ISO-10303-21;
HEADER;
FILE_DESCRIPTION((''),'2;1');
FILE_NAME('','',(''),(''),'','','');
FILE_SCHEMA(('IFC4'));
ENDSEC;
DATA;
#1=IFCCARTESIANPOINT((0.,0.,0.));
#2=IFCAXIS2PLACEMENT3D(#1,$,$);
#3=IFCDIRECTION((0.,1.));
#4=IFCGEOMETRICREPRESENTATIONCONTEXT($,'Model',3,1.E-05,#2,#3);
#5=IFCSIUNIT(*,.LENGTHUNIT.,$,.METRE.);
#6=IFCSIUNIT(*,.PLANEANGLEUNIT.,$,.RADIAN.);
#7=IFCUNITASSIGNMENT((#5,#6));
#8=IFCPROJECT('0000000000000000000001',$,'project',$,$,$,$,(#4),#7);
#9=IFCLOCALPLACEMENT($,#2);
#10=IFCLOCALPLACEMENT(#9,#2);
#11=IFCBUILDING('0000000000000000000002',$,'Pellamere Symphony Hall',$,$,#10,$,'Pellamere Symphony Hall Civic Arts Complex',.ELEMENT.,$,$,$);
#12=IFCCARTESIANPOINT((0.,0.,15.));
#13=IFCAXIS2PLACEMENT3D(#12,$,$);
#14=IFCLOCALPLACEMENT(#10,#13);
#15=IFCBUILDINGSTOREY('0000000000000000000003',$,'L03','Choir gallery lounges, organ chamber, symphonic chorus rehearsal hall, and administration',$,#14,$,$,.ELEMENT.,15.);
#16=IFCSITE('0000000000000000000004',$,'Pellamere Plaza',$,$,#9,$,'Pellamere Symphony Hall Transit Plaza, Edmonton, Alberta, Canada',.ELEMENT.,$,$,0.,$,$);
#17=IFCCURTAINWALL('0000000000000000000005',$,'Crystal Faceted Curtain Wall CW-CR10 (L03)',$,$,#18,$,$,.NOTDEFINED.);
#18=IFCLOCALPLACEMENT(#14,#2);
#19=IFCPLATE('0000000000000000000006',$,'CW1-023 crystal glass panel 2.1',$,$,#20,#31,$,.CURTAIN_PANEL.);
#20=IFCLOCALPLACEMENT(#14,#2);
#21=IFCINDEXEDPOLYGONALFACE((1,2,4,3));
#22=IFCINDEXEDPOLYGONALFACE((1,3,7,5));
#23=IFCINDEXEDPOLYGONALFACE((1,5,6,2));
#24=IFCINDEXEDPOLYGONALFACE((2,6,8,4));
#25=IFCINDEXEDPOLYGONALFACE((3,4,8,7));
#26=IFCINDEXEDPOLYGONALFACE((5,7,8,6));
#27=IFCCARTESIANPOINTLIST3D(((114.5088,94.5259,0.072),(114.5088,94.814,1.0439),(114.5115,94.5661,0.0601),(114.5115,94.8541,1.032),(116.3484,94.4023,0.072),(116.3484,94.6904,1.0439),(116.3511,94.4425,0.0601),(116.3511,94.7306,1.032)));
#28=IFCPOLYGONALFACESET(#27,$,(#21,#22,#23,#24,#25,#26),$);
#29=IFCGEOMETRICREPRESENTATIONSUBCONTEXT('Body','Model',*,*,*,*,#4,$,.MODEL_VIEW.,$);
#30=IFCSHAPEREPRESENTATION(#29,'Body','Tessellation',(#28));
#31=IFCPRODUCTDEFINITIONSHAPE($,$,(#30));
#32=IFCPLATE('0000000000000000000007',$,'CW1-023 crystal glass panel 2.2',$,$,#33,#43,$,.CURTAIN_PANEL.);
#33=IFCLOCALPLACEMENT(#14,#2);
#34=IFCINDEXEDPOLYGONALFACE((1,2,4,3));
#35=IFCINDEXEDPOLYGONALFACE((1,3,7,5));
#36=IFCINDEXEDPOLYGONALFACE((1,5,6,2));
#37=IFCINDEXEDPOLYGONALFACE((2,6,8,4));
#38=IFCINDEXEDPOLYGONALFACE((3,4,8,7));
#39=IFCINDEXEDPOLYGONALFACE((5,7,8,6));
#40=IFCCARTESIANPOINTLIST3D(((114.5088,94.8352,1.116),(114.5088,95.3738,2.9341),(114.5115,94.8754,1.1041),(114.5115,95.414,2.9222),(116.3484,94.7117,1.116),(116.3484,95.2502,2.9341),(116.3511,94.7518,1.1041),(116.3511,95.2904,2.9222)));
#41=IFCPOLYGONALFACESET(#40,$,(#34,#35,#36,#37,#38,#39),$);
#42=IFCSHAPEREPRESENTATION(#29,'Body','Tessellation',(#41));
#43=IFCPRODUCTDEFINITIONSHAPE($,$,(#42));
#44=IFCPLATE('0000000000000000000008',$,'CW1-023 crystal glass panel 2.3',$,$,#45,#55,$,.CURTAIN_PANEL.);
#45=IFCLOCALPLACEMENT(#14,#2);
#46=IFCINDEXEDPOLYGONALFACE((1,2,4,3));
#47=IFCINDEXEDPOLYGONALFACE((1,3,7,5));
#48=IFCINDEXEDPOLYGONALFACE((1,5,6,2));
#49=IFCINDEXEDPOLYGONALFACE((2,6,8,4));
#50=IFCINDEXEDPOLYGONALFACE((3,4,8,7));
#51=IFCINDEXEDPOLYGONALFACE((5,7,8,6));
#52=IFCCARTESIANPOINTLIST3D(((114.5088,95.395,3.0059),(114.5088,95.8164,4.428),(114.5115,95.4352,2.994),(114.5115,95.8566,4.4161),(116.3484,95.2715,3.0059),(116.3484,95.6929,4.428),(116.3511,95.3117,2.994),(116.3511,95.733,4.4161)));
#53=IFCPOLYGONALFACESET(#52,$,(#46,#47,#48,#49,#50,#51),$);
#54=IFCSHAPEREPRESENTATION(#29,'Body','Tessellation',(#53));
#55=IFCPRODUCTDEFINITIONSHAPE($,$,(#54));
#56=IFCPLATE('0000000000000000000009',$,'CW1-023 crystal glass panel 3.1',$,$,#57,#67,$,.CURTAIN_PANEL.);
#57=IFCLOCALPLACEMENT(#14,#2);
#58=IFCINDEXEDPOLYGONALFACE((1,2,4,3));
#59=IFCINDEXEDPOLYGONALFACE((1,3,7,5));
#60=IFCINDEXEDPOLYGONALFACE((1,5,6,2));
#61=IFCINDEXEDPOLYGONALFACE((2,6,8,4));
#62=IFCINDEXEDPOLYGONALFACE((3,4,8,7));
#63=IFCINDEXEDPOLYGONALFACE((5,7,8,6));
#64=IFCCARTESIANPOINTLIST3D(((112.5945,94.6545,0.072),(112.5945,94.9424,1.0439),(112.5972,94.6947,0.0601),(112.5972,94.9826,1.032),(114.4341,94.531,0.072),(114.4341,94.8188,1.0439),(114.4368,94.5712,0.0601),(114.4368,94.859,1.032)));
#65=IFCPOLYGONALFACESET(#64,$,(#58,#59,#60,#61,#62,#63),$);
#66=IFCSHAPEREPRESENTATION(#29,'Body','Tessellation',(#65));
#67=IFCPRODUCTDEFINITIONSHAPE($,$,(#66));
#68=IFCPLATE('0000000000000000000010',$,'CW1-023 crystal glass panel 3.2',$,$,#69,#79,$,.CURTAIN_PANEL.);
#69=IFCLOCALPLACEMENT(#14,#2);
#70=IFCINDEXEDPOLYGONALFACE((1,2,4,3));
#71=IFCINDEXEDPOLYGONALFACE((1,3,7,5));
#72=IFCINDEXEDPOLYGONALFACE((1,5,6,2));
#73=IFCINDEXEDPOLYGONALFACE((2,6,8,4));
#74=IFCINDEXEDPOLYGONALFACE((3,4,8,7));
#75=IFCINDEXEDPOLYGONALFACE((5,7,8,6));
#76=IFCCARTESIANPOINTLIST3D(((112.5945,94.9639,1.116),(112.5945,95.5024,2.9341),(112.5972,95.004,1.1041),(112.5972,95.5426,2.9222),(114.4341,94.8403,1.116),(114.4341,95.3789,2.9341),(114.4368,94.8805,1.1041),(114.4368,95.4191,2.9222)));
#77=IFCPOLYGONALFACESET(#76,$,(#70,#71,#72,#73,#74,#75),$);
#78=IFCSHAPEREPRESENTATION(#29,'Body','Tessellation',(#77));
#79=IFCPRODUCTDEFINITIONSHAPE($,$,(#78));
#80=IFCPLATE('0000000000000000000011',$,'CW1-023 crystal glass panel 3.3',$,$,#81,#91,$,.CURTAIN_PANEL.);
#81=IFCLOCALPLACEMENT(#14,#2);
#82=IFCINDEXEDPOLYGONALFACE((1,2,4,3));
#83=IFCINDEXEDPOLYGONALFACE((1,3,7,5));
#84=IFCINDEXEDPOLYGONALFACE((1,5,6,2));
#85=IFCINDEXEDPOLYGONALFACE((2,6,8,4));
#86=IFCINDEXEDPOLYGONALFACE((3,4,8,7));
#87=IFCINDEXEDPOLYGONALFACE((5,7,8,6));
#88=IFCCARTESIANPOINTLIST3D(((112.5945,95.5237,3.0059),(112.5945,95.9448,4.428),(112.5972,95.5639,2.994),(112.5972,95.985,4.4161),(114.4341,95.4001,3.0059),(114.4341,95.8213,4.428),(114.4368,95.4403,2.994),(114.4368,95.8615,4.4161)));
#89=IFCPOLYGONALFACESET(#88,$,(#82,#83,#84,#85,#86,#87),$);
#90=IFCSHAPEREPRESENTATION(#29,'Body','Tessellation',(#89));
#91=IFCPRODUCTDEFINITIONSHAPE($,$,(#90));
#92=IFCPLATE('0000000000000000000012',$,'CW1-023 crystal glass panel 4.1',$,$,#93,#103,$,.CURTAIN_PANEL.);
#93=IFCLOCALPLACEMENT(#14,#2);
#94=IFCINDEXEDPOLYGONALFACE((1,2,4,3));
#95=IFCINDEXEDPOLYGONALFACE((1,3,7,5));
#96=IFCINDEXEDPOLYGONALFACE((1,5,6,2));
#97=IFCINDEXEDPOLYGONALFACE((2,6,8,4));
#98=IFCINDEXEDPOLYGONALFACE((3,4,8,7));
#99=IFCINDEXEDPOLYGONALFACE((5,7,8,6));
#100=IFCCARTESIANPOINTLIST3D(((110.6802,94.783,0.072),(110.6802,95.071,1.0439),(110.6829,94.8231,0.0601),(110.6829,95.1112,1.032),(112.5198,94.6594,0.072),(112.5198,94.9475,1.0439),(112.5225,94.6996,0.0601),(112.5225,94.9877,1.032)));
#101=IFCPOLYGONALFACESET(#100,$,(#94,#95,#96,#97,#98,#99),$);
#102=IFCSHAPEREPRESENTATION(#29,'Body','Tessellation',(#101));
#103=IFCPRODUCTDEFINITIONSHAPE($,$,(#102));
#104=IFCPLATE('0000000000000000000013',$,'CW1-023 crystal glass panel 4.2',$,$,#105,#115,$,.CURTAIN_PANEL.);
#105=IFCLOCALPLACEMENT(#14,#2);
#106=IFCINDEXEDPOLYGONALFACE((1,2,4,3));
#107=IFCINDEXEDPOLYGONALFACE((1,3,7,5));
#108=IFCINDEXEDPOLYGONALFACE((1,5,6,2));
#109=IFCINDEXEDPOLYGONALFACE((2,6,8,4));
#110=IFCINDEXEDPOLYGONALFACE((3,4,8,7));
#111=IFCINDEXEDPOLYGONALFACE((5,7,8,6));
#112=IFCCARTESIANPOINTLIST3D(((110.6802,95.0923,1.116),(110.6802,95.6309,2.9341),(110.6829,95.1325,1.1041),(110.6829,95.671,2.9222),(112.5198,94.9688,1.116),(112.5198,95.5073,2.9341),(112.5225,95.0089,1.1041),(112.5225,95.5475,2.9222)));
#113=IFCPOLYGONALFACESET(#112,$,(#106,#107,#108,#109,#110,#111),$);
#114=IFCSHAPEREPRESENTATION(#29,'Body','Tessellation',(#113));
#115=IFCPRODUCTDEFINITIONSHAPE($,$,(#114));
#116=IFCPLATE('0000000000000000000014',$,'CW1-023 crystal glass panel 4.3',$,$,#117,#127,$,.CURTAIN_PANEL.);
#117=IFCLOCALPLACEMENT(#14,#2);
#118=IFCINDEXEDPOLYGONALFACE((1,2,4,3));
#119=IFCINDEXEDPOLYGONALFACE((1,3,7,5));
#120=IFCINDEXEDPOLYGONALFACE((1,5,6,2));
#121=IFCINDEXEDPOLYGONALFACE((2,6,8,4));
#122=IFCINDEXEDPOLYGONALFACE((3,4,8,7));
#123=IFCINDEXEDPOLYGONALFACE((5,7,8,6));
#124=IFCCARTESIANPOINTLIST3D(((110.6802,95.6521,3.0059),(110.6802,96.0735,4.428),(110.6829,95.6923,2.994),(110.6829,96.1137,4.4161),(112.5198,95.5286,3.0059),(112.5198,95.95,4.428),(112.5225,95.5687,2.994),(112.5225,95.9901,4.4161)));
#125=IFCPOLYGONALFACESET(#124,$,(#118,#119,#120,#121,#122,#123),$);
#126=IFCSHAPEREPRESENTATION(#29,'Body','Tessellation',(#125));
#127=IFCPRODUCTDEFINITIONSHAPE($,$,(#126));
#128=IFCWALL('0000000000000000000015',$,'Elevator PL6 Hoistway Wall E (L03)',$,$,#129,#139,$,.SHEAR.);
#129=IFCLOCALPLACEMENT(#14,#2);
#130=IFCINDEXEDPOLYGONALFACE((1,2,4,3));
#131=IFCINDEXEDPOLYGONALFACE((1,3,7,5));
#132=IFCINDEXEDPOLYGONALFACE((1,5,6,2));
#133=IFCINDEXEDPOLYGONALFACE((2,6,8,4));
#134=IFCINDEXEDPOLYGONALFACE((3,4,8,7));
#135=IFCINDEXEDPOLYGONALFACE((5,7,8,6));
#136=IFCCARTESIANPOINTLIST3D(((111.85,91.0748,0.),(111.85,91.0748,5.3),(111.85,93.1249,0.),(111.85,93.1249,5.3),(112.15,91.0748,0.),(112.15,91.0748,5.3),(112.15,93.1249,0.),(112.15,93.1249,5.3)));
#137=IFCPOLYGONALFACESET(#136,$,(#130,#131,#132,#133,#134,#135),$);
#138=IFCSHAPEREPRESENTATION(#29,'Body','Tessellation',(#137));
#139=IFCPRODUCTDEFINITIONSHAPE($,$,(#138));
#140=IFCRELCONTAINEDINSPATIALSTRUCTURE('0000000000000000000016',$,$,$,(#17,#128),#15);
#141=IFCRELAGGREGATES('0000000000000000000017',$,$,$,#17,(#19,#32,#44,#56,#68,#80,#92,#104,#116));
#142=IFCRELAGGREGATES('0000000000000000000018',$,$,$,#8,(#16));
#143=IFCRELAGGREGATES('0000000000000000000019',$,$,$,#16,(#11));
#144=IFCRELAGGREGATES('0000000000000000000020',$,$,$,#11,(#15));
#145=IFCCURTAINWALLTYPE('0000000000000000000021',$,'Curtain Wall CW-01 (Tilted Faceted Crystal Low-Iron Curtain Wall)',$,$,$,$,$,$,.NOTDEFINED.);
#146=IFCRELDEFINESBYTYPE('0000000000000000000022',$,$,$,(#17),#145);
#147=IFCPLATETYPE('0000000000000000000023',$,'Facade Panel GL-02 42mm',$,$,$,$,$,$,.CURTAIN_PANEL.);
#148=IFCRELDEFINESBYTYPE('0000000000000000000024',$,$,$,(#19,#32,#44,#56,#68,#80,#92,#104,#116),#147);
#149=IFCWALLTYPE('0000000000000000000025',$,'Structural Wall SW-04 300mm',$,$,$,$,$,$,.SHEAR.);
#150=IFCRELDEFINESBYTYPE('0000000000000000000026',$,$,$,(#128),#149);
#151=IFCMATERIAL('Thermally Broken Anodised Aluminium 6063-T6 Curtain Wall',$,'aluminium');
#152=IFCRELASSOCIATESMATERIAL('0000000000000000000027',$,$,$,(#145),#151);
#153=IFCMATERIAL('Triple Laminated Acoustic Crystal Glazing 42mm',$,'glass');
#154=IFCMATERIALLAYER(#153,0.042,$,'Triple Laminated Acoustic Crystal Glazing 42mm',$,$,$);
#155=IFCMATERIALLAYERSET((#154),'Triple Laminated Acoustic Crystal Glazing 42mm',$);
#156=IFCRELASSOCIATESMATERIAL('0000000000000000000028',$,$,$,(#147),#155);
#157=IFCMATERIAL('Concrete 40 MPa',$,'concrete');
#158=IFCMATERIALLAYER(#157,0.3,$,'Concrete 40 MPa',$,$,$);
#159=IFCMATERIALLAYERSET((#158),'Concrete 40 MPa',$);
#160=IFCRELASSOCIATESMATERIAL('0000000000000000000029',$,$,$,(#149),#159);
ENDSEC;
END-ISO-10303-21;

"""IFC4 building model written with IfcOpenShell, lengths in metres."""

from ifc_helpers import new_model, si_unit, direction, frame, frame_2d, origin, place, context, subcontext, project, spatial, polyline, rectangle, outline, extrude, material, layer, layer_set, type_object, element, aggregate, save


model = new_model("IFC4")

# Units and contexts
model_context = context("Model", 3, precision=1e-05, world=origin(), true_north=direction((0.0, 1.0)))
body_context = subcontext(model_context, "Body", "Model", "MODEL_VIEW")
ifc_project = project(units=[si_unit("LENGTHUNIT", "METRE"), si_unit("PLANEANGLEUNIT", "RADIAN")], contexts=[model_context])

# Site, building, storey
site_placement = place(None, origin())
site = spatial("IfcSite", under=ifc_project, at=site_placement, Name="Pellamere Plaza", LongName="Pellamere Symphony Hall Transit Plaza, Edmonton, Alberta, Canada", CompositionType="ELEMENT", RefElevation=0.0)
building_placement = place(site_placement, origin())
building = spatial("IfcBuilding", under=site, at=building_placement, Name="Pellamere Symphony Hall", LongName="Pellamere Symphony Hall Civic Arts Complex", CompositionType="ELEMENT")
storey_placement = place(building_placement, frame((0.0, 0.0, 15.0)))
storey = spatial("IfcBuildingStorey", under=building, at=storey_placement, Name="L03", Description="Choir gallery lounges, organ chamber, symphonic chorus rehearsal hall, and administration", CompositionType="ELEMENT", Elevation=15.0)

# Curtain wall, plates
ifc_material_1 = material(Name="Thermally Broken Anodised Aluminium 6063-T6 Curtain Wall", Category="aluminium")
curtain_wall_type = type_object("IfcCurtainWallType", Name="Curtain Wall CW-01 (Tilted Faceted Crystal Low-Iron Curtain Wall)", PredefinedType="NOTDEFINED", material=ifc_material_1)
curtain_wall_placement = place(storey_placement, origin())
curtain_wall = element("IfcCurtainWall", 1, at=curtain_wall_placement, inside=storey, type_object=curtain_wall_type, Name="Crystal Faceted Curtain Wall CW-CR10 (L03)", PredefinedType="NOTDEFINED")
ifc_material_2 = material(Name="Triple Laminated Acoustic Crystal Glazing 42mm", Category="glass")
ifc_layer_1 = layer(ifc_material_2, 0.042, Name="Triple Laminated Acoustic Crystal Glazing 42mm")
ifc_layer_set_1 = layer_set([ifc_layer_1], Name="Triple Laminated Acoustic Crystal Glazing 42mm")
plate_type = type_object("IfcPlateType", Name="Facade Panel GL-02 42mm", PredefinedType="CURTAIN_PANEL", material=ifc_layer_set_1)
plate_1_placement = place(storey_placement, frame((116.3484, 94.4023, 0.072), z_axis=(-0.064251, -0.956788, 0.2836), x_axis=(-0.997753, 0.067002, 0.0)))
plate_1 = element("IfcPlate", 2, at=plate_1_placement, type_object=plate_type, Name="CW1-023 crystal glass panel 2.1", PredefinedType="CURTAIN_PANEL", context=body_context, shape_type="SweptSolid", body=[
    extrude(outline(polyline([(0.0, 0.0), (1.8437, 0.0), (1.863, -1.0135), (0.0193, -1.0135), (0.0, 0.0)])), origin(), (0.0, 0.0, -1.0), 0.042),
])
plate_2_placement = place(storey_placement, frame((116.3484, 94.7117, 1.116), z_axis=(-0.064255, -0.956835, 0.28344), x_axis=(-0.997753, 0.067002, 0.0)))
plate_2 = element("IfcPlate", 3, at=plate_2_placement, type_object=plate_type, Name="CW1-023 crystal glass panel 2.2", PredefinedType="CURTAIN_PANEL", context=body_context, shape_type="SweptSolid", body=[
    extrude(outline(polyline([(0.0, 0.0), (1.8437, 0.0), (1.8798, -1.8959), (0.0361, -1.8959), (0.0, 0.0)])), origin(), (0.0, 0.0, -1.0), 0.042),
])
plate_3_placement = place(storey_placement, frame((116.3484, 95.2715, 3.0059), z_axis=(-0.064253, -0.956814, 0.283512), x_axis=(-0.997753, 0.067002, 0.0)))
plate_3 = element("IfcPlate", 4, at=plate_3_placement, type_object=plate_type, Name="CW1-023 crystal glass panel 2.3", PredefinedType="CURTAIN_PANEL", context=body_context, shape_type="SweptSolid", body=[
    extrude(outline(polyline([(0.0, 0.0), (1.8437, 0.0), (1.872, -1.483), (0.0282, -1.483), (0.0, 0.0)])), origin(), (0.0, 0.0, -1.0), 0.042),
])
plate_4_placement = place(storey_placement, frame((114.4341, 94.531, 0.072), z_axis=(-0.064256, -0.956853, 0.283378), x_axis=(-0.997753, 0.067002, 0.0)))
plate_4 = element("IfcPlate", 5, at=plate_4_placement, type_object=plate_type, Name="CW1-023 crystal glass panel 3.1", PredefinedType="CURTAIN_PANEL", context=body_context, shape_type="SweptSolid", body=[
    extrude(outline(polyline([(0.0, 0.0), (1.8437, 0.0), (1.863, -1.0135), (0.0193, -1.0135), (0.0, 0.0)])), origin(), (0.0, 0.0, -1.0), 0.042),
])
plate_5_placement = place(storey_placement, frame((114.4341, 94.8403, 1.116), z_axis=(-0.064255, -0.956835, 0.28344), x_axis=(-0.997753, 0.067002, 0.0)))
plate_5 = element("IfcPlate", 6, at=plate_5_placement, type_object=plate_type, Name="CW1-023 crystal glass panel 3.2", PredefinedType="CURTAIN_PANEL", context=body_context, shape_type="SweptSolid", body=[
    extrude(outline(polyline([(0.0, 0.0), (1.8437, 0.0), (1.8798, -1.8959), (0.0361, -1.8959), (0.0, 0.0)])), origin(), (0.0, 0.0, -1.0), 0.042),
])
plate_6_placement = place(storey_placement, frame((114.4341, 95.4001, 3.0059), z_axis=(-0.064256, -0.956858, 0.283361), x_axis=(-0.997753, 0.067002, 0.0)))
plate_6 = element("IfcPlate", 7, at=plate_6_placement, type_object=plate_type, Name="CW1-023 crystal glass panel 3.3", PredefinedType="CURTAIN_PANEL", context=body_context, shape_type="SweptSolid", body=[
    extrude(outline(polyline([(0.0, 0.0), (1.8437, 0.0), (1.872, -1.4829), (0.0282, -1.4829), (0.0, 0.0)])), origin(), (0.0, 0.0, -1.0), 0.042),
])
plate_7_placement = place(storey_placement, frame((112.5198, 94.6594, 0.072), z_axis=(-0.064251, -0.956788, 0.2836), x_axis=(-0.997753, 0.067002, 0.0)))
plate_7 = element("IfcPlate", 8, at=plate_7_placement, type_object=plate_type, Name="CW1-023 crystal glass panel 4.1", PredefinedType="CURTAIN_PANEL", context=body_context, shape_type="SweptSolid", body=[
    extrude(outline(polyline([(0.0, 0.0), (1.8437, 0.0), (1.863, -1.0135), (0.0193, -1.0135), (0.0, 0.0)])), origin(), (0.0, 0.0, -1.0), 0.042),
])
plate_8_placement = place(storey_placement, frame((112.5198, 94.9688, 1.116), z_axis=(-0.064255, -0.956835, 0.28344), x_axis=(-0.997753, 0.067002, 0.0)))
plate_8 = element("IfcPlate", 9, at=plate_8_placement, type_object=plate_type, Name="CW1-023 crystal glass panel 4.2", PredefinedType="CURTAIN_PANEL", context=body_context, shape_type="SweptSolid", body=[
    extrude(outline(polyline([(0.0, 0.0), (1.8437, 0.0), (1.8798, -1.8959), (0.0361, -1.8959), (0.0, 0.0)])), origin(), (0.0, 0.0, -1.0), 0.042),
])
plate_9_placement = place(storey_placement, frame((112.5198, 95.5286, 3.0059), z_axis=(-0.064253, -0.956814, 0.283512), x_axis=(-0.997753, 0.067002, 0.0)))
plate_9 = element("IfcPlate", 10, at=plate_9_placement, type_object=plate_type, Name="CW1-023 crystal glass panel 4.3", PredefinedType="CURTAIN_PANEL", context=body_context, shape_type="SweptSolid", body=[
    extrude(outline(polyline([(0.0, 0.0), (1.8437, 0.0), (1.872, -1.483), (0.0282, -1.483), (0.0, 0.0)])), origin(), (0.0, 0.0, -1.0), 0.042),
])
aggregate(curtain_wall, [plate_1, plate_2, plate_3, plate_4, plate_5, plate_6, plate_7, plate_8, plate_9])

# Wall
ifc_material_3 = material(Name="Concrete 40 MPa", Category="concrete")
ifc_layer_2 = layer(ifc_material_3, 0.3, Name="Concrete 40 MPa")
ifc_layer_set_2 = layer_set([ifc_layer_2], Name="Concrete 40 MPa")
wall_type = type_object("IfcWallType", Name="Structural Wall SW-04 300mm", PredefinedType="SHEAR", material=ifc_layer_set_2)
wall_placement = place(storey_placement, frame((112.0, 91.075, 0.0), z_axis=(0.0, 0.0, 1.0), x_axis=(0.0, 1.0, 0.0)))
element("IfcWall", 11, at=wall_placement, inside=storey, type_object=wall_type, Name="Elevator PL6 Hoistway Wall E (L03)", PredefinedType="SHEAR", context=body_context, shape_type="SweptSolid", body=[
    extrude(rectangle(XDim=2.05, YDim=0.3, at=frame_2d((1.0249, 0.0))), origin(), (0.0, 0.0, 1.0), 5.3),
])

save(model, "model.ifc")
